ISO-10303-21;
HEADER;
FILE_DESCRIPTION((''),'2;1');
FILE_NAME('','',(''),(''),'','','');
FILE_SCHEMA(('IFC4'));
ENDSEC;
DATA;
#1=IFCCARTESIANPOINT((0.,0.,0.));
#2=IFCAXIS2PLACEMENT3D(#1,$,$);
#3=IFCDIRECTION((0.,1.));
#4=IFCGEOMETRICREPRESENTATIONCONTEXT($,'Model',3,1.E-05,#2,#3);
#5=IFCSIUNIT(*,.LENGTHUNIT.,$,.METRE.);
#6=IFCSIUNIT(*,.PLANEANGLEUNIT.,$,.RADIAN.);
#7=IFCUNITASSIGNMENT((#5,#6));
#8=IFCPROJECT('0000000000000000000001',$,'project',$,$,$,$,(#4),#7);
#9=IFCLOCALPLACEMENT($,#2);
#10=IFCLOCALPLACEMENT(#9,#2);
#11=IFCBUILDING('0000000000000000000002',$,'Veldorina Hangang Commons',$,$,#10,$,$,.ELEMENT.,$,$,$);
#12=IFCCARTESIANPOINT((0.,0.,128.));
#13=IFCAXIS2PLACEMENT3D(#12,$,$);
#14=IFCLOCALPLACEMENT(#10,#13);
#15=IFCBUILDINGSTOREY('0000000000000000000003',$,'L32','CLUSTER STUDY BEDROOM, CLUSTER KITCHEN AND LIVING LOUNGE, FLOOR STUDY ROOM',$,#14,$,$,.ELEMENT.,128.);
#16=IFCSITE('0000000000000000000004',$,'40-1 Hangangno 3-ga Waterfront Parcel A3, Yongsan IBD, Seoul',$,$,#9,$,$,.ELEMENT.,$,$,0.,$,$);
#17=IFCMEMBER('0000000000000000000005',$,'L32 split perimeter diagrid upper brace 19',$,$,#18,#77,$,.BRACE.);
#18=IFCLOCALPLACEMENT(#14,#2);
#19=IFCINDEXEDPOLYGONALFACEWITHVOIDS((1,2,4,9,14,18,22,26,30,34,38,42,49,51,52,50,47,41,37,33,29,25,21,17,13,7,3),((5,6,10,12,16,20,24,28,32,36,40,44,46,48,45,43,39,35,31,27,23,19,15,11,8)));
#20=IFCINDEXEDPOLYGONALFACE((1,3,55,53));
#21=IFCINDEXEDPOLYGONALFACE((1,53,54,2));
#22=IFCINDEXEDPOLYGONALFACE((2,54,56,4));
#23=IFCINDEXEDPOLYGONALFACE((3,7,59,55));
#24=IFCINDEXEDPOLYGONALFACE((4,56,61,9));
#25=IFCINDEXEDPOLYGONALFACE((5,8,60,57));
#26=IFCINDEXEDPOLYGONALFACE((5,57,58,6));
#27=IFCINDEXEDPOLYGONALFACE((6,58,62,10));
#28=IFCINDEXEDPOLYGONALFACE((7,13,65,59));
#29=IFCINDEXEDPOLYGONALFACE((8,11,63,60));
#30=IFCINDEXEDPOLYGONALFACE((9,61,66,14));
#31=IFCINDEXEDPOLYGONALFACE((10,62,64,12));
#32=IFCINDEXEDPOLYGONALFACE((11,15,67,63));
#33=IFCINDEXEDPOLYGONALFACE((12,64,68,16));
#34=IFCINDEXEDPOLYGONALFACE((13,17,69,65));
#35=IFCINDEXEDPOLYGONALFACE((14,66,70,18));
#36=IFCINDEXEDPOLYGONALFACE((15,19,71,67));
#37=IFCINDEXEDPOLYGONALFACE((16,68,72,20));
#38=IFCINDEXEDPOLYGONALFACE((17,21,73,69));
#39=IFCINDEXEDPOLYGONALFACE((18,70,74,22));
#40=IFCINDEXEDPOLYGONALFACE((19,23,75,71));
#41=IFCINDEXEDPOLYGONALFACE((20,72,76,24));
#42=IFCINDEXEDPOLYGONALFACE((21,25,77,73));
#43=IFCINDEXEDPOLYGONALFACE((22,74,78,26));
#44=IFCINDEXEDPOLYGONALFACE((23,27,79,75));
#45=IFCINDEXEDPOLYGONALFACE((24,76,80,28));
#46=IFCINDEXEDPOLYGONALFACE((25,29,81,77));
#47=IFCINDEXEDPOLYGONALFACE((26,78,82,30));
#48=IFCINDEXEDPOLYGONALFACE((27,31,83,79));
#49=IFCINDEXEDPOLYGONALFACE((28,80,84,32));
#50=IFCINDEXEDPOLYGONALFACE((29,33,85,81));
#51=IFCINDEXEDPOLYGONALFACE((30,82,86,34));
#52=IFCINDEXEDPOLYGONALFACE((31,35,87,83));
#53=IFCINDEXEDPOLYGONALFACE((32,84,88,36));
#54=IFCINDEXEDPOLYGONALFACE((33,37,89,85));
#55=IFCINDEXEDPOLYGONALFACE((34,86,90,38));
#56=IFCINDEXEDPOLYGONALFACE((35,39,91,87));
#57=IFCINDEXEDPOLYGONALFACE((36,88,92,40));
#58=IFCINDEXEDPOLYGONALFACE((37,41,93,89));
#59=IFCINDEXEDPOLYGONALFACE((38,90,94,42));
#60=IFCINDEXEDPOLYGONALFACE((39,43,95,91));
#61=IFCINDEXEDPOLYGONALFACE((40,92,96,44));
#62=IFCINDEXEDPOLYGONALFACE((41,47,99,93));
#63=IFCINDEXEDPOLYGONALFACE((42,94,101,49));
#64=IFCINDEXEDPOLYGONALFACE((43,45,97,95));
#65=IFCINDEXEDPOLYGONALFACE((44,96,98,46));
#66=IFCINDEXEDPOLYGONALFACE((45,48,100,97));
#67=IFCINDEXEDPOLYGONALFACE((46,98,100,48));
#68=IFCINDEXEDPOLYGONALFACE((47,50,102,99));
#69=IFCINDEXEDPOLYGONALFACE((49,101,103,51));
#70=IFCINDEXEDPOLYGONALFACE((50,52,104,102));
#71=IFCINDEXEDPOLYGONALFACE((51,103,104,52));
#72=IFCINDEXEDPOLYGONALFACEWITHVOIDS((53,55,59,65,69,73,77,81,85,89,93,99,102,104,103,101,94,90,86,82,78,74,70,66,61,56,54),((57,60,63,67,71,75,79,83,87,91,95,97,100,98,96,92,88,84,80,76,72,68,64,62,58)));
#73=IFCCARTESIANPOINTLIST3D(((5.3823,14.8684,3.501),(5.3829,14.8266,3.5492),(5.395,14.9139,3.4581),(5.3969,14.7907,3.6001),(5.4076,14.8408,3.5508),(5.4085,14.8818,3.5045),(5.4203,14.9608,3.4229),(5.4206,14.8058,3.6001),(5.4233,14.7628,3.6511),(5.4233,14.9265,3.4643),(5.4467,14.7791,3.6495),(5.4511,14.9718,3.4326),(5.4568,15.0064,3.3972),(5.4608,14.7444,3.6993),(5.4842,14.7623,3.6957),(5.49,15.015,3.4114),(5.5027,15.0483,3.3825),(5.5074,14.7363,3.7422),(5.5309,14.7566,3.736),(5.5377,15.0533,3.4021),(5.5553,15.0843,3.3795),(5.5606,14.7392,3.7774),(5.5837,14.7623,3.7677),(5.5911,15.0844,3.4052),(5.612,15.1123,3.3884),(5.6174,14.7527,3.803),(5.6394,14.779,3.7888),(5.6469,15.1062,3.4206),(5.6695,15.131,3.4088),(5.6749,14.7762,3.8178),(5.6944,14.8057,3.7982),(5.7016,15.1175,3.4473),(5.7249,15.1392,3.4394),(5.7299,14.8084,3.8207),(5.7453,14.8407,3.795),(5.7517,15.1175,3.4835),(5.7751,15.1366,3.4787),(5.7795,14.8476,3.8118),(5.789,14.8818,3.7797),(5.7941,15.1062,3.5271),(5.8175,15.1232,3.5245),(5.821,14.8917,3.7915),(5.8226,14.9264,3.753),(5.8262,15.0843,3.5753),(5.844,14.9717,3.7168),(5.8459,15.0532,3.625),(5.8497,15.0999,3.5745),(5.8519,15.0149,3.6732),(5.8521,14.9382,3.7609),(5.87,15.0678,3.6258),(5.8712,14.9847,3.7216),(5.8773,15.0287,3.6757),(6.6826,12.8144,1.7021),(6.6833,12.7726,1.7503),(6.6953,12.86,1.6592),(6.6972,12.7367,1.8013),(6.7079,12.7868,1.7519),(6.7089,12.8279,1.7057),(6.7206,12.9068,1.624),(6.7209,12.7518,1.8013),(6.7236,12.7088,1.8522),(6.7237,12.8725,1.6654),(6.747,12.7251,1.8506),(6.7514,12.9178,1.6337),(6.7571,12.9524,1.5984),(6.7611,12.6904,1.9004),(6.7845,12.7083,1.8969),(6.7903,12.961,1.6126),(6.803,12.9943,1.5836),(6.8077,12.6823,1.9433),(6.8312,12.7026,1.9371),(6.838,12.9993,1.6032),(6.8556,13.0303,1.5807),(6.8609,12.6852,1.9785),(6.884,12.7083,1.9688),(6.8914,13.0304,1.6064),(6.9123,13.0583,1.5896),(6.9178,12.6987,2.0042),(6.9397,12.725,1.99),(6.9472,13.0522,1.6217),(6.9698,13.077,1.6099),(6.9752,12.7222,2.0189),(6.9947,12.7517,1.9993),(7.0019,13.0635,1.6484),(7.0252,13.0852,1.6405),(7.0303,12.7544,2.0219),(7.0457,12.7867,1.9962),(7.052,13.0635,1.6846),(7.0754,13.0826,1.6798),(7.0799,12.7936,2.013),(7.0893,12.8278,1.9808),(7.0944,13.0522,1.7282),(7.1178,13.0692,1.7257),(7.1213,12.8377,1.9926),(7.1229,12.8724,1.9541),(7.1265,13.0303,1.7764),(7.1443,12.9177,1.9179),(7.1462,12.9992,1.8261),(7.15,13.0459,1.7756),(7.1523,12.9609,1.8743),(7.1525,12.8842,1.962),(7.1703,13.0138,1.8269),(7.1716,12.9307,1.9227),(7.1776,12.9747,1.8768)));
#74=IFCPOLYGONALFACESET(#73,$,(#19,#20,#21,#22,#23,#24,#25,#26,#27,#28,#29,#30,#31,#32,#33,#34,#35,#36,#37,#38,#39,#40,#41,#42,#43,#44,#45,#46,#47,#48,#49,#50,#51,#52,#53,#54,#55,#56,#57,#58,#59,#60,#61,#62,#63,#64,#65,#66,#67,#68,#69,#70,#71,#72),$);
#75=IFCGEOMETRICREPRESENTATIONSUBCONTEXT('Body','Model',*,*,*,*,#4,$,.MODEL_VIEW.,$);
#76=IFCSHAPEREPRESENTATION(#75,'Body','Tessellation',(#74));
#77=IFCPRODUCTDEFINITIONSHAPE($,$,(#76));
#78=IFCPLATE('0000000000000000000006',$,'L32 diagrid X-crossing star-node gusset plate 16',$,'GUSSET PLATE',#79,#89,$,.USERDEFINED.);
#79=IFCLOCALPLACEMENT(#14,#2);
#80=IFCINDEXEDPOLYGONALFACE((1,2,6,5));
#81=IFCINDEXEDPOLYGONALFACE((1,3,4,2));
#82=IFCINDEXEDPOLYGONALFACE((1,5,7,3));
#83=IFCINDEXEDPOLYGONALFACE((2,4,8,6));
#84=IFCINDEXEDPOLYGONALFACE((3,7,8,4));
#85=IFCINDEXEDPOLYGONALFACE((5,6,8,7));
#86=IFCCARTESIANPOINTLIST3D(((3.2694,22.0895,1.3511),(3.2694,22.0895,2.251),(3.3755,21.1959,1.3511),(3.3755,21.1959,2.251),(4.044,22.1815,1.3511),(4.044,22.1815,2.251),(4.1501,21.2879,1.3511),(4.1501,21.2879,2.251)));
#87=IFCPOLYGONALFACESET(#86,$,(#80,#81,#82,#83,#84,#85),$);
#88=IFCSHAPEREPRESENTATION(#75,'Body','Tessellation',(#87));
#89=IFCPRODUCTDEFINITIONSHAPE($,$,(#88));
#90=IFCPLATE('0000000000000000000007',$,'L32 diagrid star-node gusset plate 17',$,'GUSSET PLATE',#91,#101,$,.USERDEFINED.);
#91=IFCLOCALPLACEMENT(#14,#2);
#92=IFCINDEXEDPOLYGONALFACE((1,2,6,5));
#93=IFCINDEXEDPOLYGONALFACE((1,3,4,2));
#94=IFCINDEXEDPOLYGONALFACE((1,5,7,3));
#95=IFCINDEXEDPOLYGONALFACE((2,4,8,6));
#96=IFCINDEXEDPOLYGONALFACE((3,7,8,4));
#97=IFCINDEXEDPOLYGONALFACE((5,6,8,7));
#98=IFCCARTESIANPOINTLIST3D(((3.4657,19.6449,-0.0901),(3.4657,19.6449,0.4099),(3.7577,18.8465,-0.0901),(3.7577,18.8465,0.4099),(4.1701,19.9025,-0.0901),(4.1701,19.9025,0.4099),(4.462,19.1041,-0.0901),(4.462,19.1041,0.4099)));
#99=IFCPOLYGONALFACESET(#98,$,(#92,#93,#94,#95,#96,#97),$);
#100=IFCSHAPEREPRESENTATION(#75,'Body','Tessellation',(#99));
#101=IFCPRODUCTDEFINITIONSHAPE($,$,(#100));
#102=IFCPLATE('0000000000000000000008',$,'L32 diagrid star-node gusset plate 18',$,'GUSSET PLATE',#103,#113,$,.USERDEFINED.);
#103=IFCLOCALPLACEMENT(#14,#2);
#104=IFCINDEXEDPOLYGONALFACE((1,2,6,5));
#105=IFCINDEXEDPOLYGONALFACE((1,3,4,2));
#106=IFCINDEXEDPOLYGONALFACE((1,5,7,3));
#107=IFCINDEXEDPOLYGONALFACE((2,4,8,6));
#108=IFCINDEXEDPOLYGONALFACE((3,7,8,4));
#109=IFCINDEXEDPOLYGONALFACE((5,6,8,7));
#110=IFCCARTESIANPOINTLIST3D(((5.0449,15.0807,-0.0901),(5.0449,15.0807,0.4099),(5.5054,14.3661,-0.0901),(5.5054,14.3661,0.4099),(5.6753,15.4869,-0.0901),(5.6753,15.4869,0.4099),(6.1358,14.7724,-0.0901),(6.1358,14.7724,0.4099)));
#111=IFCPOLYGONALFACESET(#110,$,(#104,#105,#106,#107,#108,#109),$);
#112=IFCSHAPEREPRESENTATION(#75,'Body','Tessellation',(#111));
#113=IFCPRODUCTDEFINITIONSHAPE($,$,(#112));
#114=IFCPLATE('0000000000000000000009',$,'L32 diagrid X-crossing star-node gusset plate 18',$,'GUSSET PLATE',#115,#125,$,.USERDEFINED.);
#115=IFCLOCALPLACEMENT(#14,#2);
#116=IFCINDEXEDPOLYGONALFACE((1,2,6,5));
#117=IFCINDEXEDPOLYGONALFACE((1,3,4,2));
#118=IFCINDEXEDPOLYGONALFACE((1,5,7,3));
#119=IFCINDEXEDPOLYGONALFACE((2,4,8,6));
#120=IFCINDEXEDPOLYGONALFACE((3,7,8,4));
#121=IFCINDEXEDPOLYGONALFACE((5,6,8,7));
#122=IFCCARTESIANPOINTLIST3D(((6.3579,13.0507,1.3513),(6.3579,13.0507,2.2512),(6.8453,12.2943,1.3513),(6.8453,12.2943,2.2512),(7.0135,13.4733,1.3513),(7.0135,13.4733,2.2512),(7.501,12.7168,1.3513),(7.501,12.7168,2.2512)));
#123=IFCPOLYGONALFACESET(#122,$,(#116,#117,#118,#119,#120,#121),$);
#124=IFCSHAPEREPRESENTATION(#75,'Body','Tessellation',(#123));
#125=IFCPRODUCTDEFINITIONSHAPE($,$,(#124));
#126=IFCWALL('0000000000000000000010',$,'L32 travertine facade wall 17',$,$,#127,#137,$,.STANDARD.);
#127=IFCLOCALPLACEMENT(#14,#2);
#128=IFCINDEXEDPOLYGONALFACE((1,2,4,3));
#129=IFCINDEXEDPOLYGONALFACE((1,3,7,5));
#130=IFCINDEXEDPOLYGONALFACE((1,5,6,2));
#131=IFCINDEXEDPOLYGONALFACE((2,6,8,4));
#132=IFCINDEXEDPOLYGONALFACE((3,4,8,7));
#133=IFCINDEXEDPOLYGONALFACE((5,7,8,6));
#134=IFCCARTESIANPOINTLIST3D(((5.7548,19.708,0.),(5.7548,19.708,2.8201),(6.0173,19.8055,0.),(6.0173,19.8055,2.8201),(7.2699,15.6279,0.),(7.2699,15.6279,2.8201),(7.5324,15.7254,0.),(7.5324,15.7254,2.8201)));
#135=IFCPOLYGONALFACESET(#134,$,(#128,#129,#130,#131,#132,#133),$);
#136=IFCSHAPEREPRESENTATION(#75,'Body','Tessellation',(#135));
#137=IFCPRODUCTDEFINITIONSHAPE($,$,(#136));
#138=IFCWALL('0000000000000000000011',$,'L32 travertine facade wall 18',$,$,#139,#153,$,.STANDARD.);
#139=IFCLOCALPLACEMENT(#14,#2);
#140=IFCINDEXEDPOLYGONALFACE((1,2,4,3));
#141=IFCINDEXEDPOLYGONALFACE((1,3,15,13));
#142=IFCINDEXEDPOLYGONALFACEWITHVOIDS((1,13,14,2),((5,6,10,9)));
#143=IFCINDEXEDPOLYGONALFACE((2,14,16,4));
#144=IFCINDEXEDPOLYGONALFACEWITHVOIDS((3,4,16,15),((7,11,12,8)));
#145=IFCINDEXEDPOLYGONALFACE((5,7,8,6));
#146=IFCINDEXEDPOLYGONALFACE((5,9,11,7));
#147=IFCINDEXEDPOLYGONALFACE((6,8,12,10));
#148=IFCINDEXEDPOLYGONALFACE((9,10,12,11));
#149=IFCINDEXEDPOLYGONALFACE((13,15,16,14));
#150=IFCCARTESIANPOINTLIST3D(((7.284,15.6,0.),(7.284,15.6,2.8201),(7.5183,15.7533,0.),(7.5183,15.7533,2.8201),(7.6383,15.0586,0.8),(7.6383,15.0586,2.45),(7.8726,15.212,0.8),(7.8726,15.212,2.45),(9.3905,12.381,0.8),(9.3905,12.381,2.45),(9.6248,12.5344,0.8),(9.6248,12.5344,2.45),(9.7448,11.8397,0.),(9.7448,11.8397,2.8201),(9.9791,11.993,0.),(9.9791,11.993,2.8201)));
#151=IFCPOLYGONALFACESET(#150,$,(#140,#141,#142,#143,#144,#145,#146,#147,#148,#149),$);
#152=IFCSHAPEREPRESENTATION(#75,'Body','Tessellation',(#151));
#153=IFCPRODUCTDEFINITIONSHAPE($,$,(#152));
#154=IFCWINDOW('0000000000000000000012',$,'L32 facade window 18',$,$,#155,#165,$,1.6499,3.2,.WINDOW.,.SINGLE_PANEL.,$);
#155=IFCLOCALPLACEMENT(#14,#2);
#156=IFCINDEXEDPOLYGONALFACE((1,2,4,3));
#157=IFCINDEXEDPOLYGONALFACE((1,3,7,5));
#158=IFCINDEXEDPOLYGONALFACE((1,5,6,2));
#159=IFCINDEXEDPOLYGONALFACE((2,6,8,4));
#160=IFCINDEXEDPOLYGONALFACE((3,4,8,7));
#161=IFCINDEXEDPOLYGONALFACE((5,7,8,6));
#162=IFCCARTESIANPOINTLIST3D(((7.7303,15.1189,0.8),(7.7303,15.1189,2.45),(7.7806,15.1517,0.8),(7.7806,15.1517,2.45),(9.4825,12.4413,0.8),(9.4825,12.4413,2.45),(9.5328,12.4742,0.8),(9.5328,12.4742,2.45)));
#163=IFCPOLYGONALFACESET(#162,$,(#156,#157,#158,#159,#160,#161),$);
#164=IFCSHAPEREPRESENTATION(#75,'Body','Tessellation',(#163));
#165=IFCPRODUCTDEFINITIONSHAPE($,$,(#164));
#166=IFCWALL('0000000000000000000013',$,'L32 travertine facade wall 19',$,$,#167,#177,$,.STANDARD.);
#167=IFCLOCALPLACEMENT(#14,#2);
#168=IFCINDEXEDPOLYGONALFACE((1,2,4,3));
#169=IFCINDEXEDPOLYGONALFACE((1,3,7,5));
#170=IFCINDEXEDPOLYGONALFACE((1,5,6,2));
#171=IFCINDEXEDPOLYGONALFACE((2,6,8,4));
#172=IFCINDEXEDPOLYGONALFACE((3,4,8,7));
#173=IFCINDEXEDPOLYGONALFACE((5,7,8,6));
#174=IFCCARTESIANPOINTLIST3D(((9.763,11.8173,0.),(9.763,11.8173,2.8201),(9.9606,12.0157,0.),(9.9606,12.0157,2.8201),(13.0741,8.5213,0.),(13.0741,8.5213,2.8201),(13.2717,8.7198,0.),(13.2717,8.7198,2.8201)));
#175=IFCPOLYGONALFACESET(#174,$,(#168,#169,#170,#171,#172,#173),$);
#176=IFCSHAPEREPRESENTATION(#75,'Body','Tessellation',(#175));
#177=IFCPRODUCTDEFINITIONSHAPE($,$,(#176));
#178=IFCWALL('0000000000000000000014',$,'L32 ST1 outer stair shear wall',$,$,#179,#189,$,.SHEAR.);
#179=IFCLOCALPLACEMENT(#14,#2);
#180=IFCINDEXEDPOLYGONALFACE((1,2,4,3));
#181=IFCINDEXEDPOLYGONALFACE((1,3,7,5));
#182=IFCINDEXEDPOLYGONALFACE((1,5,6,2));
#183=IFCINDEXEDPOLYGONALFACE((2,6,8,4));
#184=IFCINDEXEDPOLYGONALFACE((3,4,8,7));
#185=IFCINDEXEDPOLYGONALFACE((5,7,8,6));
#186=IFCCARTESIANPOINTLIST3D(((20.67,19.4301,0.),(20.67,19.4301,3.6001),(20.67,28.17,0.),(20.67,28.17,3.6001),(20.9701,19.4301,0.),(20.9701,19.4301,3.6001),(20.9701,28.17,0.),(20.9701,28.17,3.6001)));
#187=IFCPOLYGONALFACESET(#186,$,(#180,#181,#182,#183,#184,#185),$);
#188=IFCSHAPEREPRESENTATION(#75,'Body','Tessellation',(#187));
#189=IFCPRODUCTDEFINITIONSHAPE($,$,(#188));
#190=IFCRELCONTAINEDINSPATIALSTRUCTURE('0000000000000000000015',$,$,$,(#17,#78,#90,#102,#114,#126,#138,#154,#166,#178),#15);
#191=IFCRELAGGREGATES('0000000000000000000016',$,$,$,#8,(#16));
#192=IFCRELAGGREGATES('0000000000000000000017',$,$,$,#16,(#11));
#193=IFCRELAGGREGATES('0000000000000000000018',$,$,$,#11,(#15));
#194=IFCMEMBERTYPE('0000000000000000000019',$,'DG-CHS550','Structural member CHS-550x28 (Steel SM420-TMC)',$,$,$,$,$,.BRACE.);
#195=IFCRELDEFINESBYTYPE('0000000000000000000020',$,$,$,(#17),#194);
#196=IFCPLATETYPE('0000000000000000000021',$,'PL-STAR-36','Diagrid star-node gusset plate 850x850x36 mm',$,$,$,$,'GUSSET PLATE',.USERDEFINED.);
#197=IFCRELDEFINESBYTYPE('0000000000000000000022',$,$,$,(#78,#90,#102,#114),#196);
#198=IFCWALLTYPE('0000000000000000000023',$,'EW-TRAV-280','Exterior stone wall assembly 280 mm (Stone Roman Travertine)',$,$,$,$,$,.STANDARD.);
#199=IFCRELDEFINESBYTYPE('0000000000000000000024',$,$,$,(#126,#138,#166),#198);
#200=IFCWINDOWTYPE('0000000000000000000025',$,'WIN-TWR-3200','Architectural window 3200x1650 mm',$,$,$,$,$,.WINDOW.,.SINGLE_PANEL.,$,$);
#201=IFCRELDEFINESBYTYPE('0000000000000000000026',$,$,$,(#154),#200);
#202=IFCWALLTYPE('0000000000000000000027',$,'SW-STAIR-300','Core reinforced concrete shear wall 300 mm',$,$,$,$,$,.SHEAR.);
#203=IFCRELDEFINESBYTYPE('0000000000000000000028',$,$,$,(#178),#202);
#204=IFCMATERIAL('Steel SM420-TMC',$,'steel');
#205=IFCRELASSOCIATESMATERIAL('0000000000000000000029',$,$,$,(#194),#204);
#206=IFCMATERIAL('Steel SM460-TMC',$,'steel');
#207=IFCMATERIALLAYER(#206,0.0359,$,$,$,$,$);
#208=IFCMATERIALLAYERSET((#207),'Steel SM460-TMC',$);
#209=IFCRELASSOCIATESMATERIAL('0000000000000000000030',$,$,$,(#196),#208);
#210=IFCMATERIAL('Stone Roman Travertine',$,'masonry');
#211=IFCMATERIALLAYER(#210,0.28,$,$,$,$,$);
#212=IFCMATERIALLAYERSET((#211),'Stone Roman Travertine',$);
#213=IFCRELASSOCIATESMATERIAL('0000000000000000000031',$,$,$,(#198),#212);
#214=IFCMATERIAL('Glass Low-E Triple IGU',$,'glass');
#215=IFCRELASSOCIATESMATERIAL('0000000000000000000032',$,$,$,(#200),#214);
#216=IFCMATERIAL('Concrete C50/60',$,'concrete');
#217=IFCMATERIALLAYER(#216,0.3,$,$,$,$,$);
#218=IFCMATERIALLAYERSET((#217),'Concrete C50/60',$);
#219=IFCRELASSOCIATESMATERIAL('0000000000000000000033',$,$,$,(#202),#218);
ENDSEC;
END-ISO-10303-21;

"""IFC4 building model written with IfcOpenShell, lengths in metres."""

from ifc_helpers import new_model, si_unit, direction, frame, frame_2d, origin, origin_2d, place, context, subcontext, project, spatial, rectangle, hollow_circle, extrude, material, layer, layer_set, material_profile, profile_set, type_object, element, fill, save


model = new_model("IFC4")

# Units and contexts
model_context = context("Model", 3, precision=1e-05, world=origin(), true_north=direction((0.0, 1.0)))
body_context = subcontext(model_context, "Body", "Model", "MODEL_VIEW")
ifc_project = project(units=[si_unit("LENGTHUNIT", "METRE"), si_unit("PLANEANGLEUNIT", "RADIAN")], contexts=[model_context])

# Site, building, storey
site_placement = place(None, origin())
site = spatial("IfcSite", under=ifc_project, at=site_placement, Name="40-1 Hangangno 3-ga Waterfront Parcel A3, Yongsan IBD, Seoul", CompositionType="ELEMENT", RefElevation=0.0)
building_placement = place(site_placement, origin())
building = spatial("IfcBuilding", under=site, at=building_placement, Name="Veldorina Hangang Commons", CompositionType="ELEMENT")
storey_placement = place(building_placement, frame((0.0, 0.0, 128.0)))
storey = spatial("IfcBuildingStorey", under=building, at=storey_placement, Name="L32", Description="CLUSTER STUDY BEDROOM, CLUSTER KITCHEN AND LIVING LOUNGE, FLOOR STUDY ROOM", CompositionType="ELEMENT", Elevation=128.0)

# Shared definitions
ifc_material_1 = material(Name="Steel SM420-TMC", Category="steel")

# Member
ifc_material_profile_1 = material_profile(ifc_material_1, hollow_circle(Radius=0.2749, WallThickness=0.0281, at=origin_2d()), Name="CHS-550x28")
ifc_profile_set_1 = profile_set([ifc_material_profile_1], Name="Steel SM420-TMC")
member_type = type_object("IfcMemberType", Name="DG-CHS550", Description="Structural member CHS-550x28 (Steel SM420-TMC)", PredefinedType="BRACE", material=ifc_profile_set_1)
member_1_placement = place(storey_placement, frame((6.9294, 12.8838, 1.8013), z_axis=(-0.429975, 0.679192, 0.594828), x_axis=(-0.84492, -0.534892, 0.0)))
element("IfcMember", 1, at=member_1_placement, inside=storey, type_object=member_type, Name="L32 split perimeter diagrid upper brace 19", PredefinedType="BRACE", context=body_context, shape_type="SweptSolid", body=[
    extrude(hollow_circle(Radius=0.2749, WallThickness=0.0281, at=origin_2d()), origin(), (0.0, 0.0, 1.0), 3.0242),
])

# Plates
ifc_material_2 = material(Name="Steel SM460-TMC", Category="steel")
ifc_layer_1 = layer(ifc_material_2, 0.0359)
ifc_layer_set_1 = layer_set([ifc_layer_1], Name="Steel SM460-TMC")
plate_type = type_object("IfcPlateType", Name="PL-STAR-36", Description="Diagrid star-node gusset plate 850x850x36 mm", ElementType="GUSSET PLATE", PredefinedType="USERDEFINED", material=ifc_layer_set_1)
plate_1_placement = place(storey_placement, frame((3.7097, 21.6887, 1.3511), z_axis=(0.0, 0.0, 1.0), x_axis=(0.117919, -0.993023, 0.0)))
element("IfcPlate", 2, at=plate_1_placement, inside=storey, type_object=plate_type, Name="L32 diagrid X-crossing star-node gusset plate 16", ObjectType="GUSSET PLATE", PredefinedType="USERDEFINED", context=body_context, shape_type="SweptSolid", body=[
    extrude(rectangle(XDim=0.8999, YDim=0.78, at=origin_2d()), origin(), (0.0, 0.0, 1.0), 0.8999),
])
for number, where, z_axis, x_axis, name in (
    (3, (3.9639, 19.3745, -0.0901), (0.0, 0.0, 1.0), (0.343463, -0.939166, 0.0), "L32 diagrid star-node gusset plate 17"),
    (4, (5.5903, 14.9265, -0.0901), (0.0, 0.0, 1.0), (0.541694, -0.840576, 0.0), "L32 diagrid star-node gusset plate 18"),
):
    element("IfcPlate", number, at=place(storey_placement, frame(where, z_axis=z_axis, x_axis=x_axis)), inside=storey, type_object=plate_type, Name=name, ObjectType="GUSSET PLATE", PredefinedType="USERDEFINED", context=body_context, shape_type="SweptSolid", body=[
        extrude(rectangle(XDim=0.8501, YDim=0.75, at=origin_2d()), origin(), (0.0, 0.0, 1.0), 0.5),
    ])
plate_2_placement = place(storey_placement, frame((6.9294, 12.8838, 1.3513), z_axis=(0.0, 0.0, 1.0), x_axis=(0.541694, -0.840576, 0.0)))
element("IfcPlate", 5, at=plate_2_placement, inside=storey, type_object=plate_type, Name="L32 diagrid X-crossing star-node gusset plate 18", ObjectType="GUSSET PLATE", PredefinedType="USERDEFINED", context=body_context, shape_type="SweptSolid", body=[
    extrude(rectangle(XDim=0.8999, YDim=0.78, at=origin_2d()), origin(), (0.0, 0.0, 1.0), 0.8999),
])

# Wall
ifc_material_3 = material(Name="Stone Roman Travertine", Category="masonry")
ifc_layer_2 = layer(ifc_material_3, 0.28)
ifc_layer_set_2 = layer_set([ifc_layer_2], Name="Stone Roman Travertine")
wall_type_1 = type_object("IfcWallType", Name="EW-TRAV-280", Description="Exterior stone wall assembly 280 mm (Stone Roman Travertine)", PredefinedType="STANDARD", material=ifc_layer_set_2)
wall_1_placement = place(storey_placement, frame((5.886, 19.7568, 0.0), z_axis=(0.0, 0.0, 1.0), x_axis=(0.348122, -0.937449, 0.0)))
element("IfcWall", 6, at=wall_1_placement, inside=storey, type_object=wall_type_1, Name="L32 travertine facade wall 17", PredefinedType="STANDARD", context=body_context, shape_type="SweptSolid", body=[
    extrude(rectangle(XDim=4.3523, YDim=0.28, at=frame_2d((2.1763, 0.0))), origin(), (0.0, 0.0, 1.0), 2.8201),
])

# Wall, opening, window
wall_2_placement = place(storey_placement, frame((7.4011, 15.6768, 0.0), z_axis=(0.0, 0.0, 1.0), x_axis=(0.547571, -0.836759, 0.0)))
wall_2 = element("IfcWall", 7, at=wall_2_placement, inside=storey, type_object=wall_type_1, Name="L32 travertine facade wall 18", PredefinedType="STANDARD", context=body_context, shape_type="SweptSolid", body=[
    extrude(rectangle(XDim=4.4939, YDim=0.28, at=frame_2d((2.2471, 0.0))), origin(), (0.0, 0.0, 1.0), 2.8201),
])
opening_1_placement = place(wall_2_placement, frame((0.647, 0.0, 0.8)))
opening_1 = element("IfcOpeningElement", 8, at=opening_1_placement, cuts=wall_2, PredefinedType="OPENING", context=body_context, shape_type="SweptSolid", body=[
    extrude(rectangle(XDim=3.2, YDim=1.6499, at=frame_2d((1.6001, 0.825))), frame((0.0, 0.1499, 0.0), z_axis=(0.0, -1.0, 0.0), x_axis=(1.0, 0.0, 0.0)), (0.0, 0.0, 1.0), 0.3),
])
ifc_material_4 = material(Name="Glass Low-E Triple IGU", Category="glass")
window_type = type_object("IfcWindowType", Name="WIN-TWR-3200", Description="Architectural window 3200x1650 mm", PartitioningType="SINGLE_PANEL", PredefinedType="WINDOW", material=ifc_material_4)
window_placement = place(opening_1_placement, origin())
window = element("IfcWindow", 9, at=window_placement, inside=storey, type_object=window_type, Name="L32 facade window 18", OverallHeight=1.6499, OverallWidth=3.2, PartitioningType="SINGLE_PANEL", PredefinedType="WINDOW", context=body_context, shape_type="SweptSolid", body=[
    extrude(rectangle(XDim=3.2, YDim=1.6499, at=frame_2d((1.6001, 0.825))), frame((0.0, 0.03, 0.0), z_axis=(0.0, -1.0, 0.0), x_axis=(1.0, 0.0, 0.0)), (0.0, 0.0, 1.0), 0.0601),
])
fill(opening_1, window)

# Walls
wall_3_placement = place(storey_placement, frame((9.8618, 11.9165, 0.0), z_axis=(0.0, 0.0, 1.0), x_axis=(0.708725, -0.705485, 0.0)))
element("IfcWall", 10, at=wall_3_placement, inside=storey, type_object=wall_type_1, Name="L32 travertine facade wall 19", PredefinedType="STANDARD", context=body_context, shape_type="SweptSolid", body=[
    extrude(rectangle(XDim=4.6719, YDim=0.28, at=frame_2d((2.3359, 0.0))), origin(), (0.0, 0.0, 1.0), 2.8201),
])
ifc_material_5 = material(Name="Concrete C50/60", Category="concrete")
ifc_layer_3 = layer(ifc_material_5, 0.3)
ifc_layer_set_3 = layer_set([ifc_layer_3], Name="Concrete C50/60")
wall_type_2 = type_object("IfcWallType", Name="SW-STAIR-300", Description="Core reinforced concrete shear wall 300 mm", PredefinedType="SHEAR", material=ifc_layer_set_3)
wall_4_placement = place(storey_placement, frame((20.8201, 19.4299, 0.0), z_axis=(0.0, 0.0, 1.0), x_axis=(0.0, 1.0, 0.0)))
element("IfcWall", 11, at=wall_4_placement, inside=storey, type_object=wall_type_2, Name="L32 ST1 outer stair shear wall", PredefinedType="SHEAR", context=body_context, shape_type="SweptSolid", body=[
    extrude(rectangle(XDim=8.74, YDim=0.3, at=frame_2d((4.3701, 0.0))), origin(), (0.0, 0.0, 1.0), 3.6001),
])

save(model, "model.ifc")
